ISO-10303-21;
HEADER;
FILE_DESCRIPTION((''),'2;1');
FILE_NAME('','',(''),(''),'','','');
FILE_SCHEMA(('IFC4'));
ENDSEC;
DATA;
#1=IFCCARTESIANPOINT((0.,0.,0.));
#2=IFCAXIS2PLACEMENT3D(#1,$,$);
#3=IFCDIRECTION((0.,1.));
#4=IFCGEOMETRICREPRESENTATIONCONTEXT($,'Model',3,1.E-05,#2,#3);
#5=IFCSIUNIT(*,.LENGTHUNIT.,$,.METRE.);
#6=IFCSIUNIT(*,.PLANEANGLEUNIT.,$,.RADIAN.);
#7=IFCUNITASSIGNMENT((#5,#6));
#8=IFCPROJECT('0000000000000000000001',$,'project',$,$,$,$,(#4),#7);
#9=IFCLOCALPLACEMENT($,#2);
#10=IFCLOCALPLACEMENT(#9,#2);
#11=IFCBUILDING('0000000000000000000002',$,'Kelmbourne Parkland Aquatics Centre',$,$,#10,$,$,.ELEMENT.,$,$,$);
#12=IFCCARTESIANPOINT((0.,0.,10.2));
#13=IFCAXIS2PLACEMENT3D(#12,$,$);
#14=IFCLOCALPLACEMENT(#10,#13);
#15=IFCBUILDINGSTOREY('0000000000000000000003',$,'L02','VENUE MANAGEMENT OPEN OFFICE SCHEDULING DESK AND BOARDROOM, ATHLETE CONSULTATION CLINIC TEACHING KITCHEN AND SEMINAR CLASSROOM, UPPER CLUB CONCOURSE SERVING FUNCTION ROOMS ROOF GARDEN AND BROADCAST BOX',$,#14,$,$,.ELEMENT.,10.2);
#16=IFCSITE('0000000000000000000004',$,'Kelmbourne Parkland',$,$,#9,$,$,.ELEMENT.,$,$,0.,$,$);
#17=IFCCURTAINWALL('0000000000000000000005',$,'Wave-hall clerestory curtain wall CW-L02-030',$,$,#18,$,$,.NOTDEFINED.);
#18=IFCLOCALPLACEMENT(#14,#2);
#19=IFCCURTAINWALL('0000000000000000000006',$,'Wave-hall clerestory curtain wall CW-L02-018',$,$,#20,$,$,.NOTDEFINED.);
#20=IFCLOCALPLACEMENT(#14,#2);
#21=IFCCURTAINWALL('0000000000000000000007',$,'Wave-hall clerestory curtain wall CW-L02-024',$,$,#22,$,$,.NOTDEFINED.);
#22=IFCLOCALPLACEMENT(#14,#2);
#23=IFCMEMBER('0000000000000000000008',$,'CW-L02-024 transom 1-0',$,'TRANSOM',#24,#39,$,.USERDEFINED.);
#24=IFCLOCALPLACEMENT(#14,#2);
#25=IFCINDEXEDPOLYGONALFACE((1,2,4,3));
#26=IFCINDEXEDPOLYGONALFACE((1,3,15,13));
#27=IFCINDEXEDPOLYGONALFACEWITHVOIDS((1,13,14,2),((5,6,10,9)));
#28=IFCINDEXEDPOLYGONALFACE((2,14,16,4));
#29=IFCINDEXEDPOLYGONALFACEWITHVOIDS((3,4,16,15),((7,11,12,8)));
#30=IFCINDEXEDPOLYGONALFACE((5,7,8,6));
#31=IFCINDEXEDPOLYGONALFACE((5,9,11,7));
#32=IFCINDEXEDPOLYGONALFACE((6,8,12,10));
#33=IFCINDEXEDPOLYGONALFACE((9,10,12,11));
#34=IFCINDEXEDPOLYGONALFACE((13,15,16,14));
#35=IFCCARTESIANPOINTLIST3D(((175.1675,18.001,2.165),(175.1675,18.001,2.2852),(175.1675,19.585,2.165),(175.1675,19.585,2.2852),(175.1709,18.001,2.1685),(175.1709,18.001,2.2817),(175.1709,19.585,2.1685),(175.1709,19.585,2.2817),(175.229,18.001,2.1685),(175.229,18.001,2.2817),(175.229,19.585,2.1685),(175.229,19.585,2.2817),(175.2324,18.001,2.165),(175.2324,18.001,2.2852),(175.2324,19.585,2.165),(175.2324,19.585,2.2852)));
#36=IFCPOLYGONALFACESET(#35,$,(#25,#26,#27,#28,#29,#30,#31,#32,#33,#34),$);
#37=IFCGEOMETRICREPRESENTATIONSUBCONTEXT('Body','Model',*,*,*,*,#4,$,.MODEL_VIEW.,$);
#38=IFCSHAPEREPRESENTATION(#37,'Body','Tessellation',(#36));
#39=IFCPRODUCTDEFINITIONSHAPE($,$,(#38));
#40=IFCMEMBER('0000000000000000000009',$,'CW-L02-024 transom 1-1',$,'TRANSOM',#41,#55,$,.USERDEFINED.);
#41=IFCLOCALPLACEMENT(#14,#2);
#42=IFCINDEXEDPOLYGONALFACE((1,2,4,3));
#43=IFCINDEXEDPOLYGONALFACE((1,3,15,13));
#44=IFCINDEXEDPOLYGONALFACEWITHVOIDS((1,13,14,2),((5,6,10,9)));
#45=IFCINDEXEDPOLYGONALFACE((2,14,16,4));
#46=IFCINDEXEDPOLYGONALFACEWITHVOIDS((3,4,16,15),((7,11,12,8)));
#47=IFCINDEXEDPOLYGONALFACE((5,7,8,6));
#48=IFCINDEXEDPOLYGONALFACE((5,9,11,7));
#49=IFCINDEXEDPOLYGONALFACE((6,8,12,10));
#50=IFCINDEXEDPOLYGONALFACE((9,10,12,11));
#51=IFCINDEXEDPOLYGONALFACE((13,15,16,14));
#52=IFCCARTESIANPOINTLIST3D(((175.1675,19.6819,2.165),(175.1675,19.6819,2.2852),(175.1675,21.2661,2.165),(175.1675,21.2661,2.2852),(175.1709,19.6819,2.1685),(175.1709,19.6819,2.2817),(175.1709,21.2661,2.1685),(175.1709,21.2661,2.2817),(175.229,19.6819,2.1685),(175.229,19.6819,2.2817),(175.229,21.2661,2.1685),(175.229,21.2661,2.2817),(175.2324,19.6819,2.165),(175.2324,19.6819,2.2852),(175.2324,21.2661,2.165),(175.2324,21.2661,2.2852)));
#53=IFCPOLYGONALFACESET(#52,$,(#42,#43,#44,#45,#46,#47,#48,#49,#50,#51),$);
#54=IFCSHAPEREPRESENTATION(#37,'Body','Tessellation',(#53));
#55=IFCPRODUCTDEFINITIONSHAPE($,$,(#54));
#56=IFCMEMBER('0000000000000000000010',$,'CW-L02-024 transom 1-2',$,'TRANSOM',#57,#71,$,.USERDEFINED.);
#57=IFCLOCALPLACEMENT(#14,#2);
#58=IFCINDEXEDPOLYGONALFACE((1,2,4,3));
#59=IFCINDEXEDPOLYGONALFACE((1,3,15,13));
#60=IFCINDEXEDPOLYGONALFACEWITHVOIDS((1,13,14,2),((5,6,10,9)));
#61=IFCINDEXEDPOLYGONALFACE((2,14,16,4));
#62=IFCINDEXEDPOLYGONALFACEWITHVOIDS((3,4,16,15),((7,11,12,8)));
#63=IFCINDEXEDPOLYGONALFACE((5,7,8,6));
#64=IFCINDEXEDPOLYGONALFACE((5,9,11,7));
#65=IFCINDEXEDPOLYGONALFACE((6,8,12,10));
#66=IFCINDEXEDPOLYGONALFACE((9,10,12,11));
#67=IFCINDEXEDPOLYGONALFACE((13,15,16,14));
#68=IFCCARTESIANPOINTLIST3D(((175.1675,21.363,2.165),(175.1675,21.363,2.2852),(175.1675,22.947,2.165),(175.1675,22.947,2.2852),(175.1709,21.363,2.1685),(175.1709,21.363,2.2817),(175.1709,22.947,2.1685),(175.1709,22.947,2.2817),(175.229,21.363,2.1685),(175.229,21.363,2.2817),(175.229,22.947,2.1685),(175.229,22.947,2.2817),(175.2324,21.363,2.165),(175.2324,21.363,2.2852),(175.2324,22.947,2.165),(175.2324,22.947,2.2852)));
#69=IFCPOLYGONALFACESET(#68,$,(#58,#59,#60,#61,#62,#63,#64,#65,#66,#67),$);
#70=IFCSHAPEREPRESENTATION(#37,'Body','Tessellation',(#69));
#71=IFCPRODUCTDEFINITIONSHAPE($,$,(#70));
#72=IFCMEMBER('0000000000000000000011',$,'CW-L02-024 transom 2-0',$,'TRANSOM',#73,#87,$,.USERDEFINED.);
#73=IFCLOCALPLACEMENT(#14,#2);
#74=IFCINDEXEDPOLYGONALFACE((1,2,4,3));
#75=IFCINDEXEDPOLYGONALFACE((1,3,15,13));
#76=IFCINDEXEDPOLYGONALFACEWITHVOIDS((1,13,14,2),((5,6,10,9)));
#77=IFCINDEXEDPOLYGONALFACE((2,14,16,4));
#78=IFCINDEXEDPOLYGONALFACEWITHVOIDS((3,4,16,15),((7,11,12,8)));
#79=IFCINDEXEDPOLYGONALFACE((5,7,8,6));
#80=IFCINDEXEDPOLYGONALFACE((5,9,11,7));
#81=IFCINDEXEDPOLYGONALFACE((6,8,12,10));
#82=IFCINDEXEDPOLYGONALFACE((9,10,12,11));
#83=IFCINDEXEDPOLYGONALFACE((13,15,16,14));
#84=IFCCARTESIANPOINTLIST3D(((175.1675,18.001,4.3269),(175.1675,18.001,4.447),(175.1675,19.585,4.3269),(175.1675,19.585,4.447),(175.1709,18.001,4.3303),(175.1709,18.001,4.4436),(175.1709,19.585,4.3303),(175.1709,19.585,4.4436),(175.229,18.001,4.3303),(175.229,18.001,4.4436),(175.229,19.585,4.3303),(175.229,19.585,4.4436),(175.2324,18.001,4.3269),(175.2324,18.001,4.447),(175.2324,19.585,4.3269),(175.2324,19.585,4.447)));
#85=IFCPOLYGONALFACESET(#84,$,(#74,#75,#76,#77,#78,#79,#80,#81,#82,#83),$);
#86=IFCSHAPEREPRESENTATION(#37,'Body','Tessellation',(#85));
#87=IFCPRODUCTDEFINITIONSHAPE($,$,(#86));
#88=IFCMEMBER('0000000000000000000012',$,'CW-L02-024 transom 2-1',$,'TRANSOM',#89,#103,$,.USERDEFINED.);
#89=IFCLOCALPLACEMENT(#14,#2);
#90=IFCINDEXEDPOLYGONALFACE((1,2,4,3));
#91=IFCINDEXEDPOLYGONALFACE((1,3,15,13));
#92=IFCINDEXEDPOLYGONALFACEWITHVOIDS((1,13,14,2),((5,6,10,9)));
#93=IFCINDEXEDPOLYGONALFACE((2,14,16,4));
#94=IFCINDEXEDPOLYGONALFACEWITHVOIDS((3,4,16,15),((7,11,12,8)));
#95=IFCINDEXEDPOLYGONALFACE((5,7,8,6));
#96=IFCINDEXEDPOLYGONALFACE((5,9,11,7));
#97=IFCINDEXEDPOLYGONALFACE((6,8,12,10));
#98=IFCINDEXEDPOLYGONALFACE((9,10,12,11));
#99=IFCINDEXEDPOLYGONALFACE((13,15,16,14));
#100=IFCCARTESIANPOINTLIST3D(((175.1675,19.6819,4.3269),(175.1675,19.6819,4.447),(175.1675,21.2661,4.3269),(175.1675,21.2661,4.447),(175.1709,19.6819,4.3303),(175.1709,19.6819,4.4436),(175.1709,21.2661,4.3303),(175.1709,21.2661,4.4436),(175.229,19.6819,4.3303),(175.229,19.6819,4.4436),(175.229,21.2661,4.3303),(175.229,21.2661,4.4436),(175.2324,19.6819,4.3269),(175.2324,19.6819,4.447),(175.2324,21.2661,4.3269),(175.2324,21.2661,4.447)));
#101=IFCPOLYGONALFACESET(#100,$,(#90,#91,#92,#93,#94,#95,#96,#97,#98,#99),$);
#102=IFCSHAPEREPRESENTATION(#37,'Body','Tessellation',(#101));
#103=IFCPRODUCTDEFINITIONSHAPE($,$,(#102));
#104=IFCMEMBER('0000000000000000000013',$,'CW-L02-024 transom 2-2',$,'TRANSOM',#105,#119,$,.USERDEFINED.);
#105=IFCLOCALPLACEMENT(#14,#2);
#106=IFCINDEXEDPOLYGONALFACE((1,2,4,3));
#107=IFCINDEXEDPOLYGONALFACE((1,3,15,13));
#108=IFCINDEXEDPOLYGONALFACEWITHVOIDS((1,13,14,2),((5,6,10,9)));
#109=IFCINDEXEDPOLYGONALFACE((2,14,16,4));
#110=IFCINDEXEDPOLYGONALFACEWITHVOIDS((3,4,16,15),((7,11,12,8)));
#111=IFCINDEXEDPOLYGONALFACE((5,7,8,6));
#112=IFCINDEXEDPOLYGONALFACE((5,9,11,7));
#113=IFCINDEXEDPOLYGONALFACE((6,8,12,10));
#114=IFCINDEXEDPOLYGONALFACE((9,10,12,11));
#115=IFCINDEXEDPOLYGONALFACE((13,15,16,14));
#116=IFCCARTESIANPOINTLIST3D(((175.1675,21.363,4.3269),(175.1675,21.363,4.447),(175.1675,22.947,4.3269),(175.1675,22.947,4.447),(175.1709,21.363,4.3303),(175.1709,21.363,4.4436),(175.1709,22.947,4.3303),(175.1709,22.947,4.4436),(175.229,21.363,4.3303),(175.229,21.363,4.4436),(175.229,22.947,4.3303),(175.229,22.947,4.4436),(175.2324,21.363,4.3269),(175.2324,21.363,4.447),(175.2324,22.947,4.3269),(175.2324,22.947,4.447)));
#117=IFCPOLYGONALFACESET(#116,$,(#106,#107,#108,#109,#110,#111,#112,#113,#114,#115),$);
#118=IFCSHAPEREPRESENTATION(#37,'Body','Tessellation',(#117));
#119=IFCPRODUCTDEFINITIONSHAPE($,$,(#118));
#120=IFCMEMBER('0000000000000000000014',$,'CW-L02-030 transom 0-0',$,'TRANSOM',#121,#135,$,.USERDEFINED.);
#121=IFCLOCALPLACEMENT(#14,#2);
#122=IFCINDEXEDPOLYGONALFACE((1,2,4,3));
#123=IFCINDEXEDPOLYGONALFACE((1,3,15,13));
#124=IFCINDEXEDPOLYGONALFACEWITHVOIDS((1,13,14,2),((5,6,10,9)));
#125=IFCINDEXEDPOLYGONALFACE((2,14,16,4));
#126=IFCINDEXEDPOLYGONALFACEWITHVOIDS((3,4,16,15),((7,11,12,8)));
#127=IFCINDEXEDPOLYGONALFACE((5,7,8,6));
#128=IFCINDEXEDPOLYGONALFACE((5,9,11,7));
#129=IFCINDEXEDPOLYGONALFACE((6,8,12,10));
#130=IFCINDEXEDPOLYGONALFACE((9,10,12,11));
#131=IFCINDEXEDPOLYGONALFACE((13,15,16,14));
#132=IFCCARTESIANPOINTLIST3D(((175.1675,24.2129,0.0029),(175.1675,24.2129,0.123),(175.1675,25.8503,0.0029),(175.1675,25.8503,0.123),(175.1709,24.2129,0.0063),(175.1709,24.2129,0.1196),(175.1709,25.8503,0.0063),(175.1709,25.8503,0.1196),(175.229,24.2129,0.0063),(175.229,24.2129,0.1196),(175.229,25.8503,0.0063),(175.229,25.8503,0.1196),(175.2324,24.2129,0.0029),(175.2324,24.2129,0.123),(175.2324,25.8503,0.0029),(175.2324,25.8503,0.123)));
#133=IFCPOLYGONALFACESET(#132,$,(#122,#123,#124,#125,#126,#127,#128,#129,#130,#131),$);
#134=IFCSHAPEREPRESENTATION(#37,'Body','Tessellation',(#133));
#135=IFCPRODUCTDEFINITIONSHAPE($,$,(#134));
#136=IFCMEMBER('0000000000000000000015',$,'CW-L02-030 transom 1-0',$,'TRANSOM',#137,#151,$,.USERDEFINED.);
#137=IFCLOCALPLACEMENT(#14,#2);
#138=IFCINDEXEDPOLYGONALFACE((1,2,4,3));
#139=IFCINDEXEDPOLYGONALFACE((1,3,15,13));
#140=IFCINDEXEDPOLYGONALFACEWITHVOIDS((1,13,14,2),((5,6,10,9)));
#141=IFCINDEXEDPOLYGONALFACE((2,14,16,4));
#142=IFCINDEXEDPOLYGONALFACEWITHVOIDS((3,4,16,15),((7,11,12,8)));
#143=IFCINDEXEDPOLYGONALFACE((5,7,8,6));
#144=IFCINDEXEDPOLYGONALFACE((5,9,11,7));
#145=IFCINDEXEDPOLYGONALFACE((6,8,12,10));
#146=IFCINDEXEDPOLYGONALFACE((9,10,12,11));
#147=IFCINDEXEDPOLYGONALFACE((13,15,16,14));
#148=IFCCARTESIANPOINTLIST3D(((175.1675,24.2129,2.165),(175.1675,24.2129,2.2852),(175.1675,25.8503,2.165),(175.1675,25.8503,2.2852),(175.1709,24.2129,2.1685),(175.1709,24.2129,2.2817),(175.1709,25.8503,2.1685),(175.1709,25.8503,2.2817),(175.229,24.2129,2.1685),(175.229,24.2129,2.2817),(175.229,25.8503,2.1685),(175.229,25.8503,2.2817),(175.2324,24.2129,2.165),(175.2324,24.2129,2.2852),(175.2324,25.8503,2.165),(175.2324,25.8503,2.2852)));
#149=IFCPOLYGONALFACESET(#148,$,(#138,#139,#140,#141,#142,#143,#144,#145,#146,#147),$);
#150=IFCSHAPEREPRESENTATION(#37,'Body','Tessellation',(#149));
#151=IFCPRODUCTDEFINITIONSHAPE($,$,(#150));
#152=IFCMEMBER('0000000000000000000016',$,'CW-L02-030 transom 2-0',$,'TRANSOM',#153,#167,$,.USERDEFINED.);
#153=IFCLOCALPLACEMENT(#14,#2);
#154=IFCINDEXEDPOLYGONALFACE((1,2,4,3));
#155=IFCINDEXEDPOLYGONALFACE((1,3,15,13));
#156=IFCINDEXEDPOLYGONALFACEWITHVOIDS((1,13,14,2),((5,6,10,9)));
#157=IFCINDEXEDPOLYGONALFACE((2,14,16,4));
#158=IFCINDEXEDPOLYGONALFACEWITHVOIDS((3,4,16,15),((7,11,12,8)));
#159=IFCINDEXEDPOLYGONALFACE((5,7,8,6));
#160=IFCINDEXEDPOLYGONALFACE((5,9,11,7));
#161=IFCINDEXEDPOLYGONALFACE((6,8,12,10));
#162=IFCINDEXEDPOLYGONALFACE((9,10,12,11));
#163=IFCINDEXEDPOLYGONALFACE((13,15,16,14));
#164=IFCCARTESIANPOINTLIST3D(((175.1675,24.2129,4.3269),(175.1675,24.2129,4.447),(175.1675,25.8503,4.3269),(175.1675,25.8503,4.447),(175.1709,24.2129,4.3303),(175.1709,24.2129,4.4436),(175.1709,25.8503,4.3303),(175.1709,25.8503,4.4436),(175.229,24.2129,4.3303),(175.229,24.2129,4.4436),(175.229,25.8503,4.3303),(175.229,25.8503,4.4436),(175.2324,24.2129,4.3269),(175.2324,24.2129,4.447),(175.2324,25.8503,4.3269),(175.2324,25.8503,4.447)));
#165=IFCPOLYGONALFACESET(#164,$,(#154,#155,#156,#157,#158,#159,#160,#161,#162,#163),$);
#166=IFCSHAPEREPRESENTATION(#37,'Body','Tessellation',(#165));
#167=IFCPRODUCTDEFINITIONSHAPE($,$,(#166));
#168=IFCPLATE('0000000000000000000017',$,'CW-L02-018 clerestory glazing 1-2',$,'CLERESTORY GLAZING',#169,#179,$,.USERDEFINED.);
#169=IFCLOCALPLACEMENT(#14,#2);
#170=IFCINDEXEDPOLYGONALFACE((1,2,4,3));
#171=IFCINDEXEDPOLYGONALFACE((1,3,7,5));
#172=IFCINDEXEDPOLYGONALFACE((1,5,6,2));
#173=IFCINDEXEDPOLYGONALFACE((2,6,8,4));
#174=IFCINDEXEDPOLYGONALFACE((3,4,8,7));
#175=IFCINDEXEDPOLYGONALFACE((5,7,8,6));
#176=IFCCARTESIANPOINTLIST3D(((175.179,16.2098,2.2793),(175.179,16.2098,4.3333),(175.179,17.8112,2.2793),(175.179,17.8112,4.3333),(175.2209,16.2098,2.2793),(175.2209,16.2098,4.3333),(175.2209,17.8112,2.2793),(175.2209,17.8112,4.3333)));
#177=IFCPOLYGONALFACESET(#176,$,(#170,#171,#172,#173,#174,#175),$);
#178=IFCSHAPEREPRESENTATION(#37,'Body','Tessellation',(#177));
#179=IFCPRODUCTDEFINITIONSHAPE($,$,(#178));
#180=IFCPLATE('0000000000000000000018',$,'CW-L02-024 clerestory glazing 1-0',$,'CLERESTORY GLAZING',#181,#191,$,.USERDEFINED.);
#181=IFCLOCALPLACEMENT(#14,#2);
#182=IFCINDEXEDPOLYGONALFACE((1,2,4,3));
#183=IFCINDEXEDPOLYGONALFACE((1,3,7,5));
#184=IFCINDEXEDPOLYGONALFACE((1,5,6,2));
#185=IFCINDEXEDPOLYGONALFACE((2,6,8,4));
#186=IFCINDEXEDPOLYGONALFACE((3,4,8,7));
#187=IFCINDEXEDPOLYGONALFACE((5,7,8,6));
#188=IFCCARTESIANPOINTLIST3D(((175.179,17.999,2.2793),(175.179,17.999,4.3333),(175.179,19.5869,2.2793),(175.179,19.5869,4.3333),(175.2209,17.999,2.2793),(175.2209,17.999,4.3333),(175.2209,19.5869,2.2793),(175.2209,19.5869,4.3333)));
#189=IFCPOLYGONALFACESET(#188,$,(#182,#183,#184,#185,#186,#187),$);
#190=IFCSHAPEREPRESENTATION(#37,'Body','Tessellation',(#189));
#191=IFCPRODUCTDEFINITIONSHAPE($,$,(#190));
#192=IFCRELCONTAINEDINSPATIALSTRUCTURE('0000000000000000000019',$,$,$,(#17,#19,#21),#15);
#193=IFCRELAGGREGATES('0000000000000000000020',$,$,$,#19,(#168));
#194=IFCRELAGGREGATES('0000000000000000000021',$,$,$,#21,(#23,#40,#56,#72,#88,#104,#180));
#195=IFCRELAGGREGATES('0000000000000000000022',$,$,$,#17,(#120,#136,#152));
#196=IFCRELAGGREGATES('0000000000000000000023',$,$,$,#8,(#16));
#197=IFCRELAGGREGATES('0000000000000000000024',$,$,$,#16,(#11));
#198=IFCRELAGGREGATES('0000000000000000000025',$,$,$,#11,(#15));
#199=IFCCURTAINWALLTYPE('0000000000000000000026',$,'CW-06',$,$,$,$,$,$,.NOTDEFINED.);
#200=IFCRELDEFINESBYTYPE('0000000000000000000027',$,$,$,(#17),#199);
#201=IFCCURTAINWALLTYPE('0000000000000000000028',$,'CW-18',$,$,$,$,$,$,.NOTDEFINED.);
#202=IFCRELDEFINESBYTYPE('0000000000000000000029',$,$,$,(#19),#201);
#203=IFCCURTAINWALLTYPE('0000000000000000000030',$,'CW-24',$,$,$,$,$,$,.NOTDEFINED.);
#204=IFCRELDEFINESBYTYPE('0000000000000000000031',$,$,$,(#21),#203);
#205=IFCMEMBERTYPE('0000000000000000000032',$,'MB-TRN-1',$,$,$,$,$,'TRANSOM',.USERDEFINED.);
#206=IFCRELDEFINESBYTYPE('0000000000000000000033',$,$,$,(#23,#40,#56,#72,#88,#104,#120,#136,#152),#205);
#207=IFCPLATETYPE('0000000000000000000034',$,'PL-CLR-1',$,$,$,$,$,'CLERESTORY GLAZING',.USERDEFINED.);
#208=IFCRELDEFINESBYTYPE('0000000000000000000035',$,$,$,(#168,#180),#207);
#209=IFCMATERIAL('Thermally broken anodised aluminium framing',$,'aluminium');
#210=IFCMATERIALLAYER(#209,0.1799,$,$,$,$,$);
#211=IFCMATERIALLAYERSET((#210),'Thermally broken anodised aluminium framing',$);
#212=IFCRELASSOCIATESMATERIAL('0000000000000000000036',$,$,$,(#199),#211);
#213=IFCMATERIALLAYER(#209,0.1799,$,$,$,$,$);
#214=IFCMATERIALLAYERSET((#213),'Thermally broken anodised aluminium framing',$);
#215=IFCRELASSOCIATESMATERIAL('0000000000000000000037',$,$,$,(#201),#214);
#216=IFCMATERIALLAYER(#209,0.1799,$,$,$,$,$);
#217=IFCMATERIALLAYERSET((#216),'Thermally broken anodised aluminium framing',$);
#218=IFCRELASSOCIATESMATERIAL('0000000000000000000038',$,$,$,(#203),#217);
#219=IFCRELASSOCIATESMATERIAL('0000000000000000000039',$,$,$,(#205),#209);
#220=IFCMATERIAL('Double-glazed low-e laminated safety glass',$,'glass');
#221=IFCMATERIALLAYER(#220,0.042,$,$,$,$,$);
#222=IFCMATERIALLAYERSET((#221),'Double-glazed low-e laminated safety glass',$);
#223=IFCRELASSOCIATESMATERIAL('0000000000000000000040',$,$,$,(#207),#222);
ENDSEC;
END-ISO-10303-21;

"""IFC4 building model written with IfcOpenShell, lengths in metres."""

from ifc_helpers import new_model, si_unit, direction, frame, origin, origin_2d, place, context, subcontext, project, spatial, rectangle, hollow_rectangle, extrude, material, layer, layer_set, material_profile, profile_set, type_object, element, aggregate, save


model = new_model("IFC4")

# Units and contexts
model_context = context("Model", 3, precision=1e-05, world=origin(), true_north=direction((0.0, 1.0)))
body_context = subcontext(model_context, "Body", "Model", "MODEL_VIEW")
ifc_project = project(units=[si_unit("LENGTHUNIT", "METRE"), si_unit("PLANEANGLEUNIT", "RADIAN")], contexts=[model_context])

# Site, building, storey
site_placement = place(None, origin())
site = spatial("IfcSite", under=ifc_project, at=site_placement, Name="Kelmbourne Parkland", CompositionType="ELEMENT", RefElevation=0.0)
building_placement = place(site_placement, origin())
building = spatial("IfcBuilding", under=site, at=building_placement, Name="Kelmbourne Parkland Aquatics Centre", CompositionType="ELEMENT")
storey_placement = place(building_placement, frame((0.0, 0.0, 10.2)))
storey = spatial("IfcBuildingStorey", under=building, at=storey_placement, Name="L02", Description="VENUE MANAGEMENT OPEN OFFICE SCHEDULING DESK AND BOARDROOM, ATHLETE CONSULTATION CLINIC TEACHING KITCHEN AND SEMINAR CLASSROOM, UPPER CLUB CONCOURSE SERVING FUNCTION ROOMS ROOF GARDEN AND BROADCAST BOX", CompositionType="ELEMENT", Elevation=10.2)

# Curtain walls
ifc_material_1 = material(Name="Thermally broken anodised aluminium framing", Category="aluminium")
ifc_layer_1 = layer(ifc_material_1, 0.1799)
ifc_layer_set_1 = layer_set([ifc_layer_1], Name="Thermally broken anodised aluminium framing")
curtain_wall_type_1 = type_object("IfcCurtainWallType", Name="CW-06", PredefinedType="NOTDEFINED", material=ifc_layer_set_1)
curtain_wall_1_placement = place(storey_placement, origin())
curtain_wall_1 = element("IfcCurtainWall", 1, at=curtain_wall_1_placement, inside=storey, type_object=curtain_wall_type_1, Name="Wave-hall clerestory curtain wall CW-L02-030", PredefinedType="NOTDEFINED")
ifc_layer_2 = layer(ifc_material_1, 0.1799)
ifc_layer_set_2 = layer_set([ifc_layer_2], Name="Thermally broken anodised aluminium framing")
curtain_wall_type_2 = type_object("IfcCurtainWallType", Name="CW-18", PredefinedType="NOTDEFINED", material=ifc_layer_set_2)
curtain_wall_2_placement = place(storey_placement, origin())
curtain_wall_2 = element("IfcCurtainWall", 2, at=curtain_wall_2_placement, inside=storey, type_object=curtain_wall_type_2, Name="Wave-hall clerestory curtain wall CW-L02-018", PredefinedType="NOTDEFINED")

# Curtain wall, members
ifc_layer_3 = layer(ifc_material_1, 0.1799)
ifc_layer_set_3 = layer_set([ifc_layer_3], Name="Thermally broken anodised aluminium framing")
curtain_wall_type_3 = type_object("IfcCurtainWallType", Name="CW-24", PredefinedType="NOTDEFINED", material=ifc_layer_set_3)
curtain_wall_3_placement = place(storey_placement, origin())
curtain_wall_3 = element("IfcCurtainWall", 3, at=curtain_wall_3_placement, inside=storey, type_object=curtain_wall_type_3, Name="Wave-hall clerestory curtain wall CW-L02-024", PredefinedType="NOTDEFINED")
ifc_material_profile_1 = material_profile(ifc_material_1, hollow_rectangle(XDim=0.0649, YDim=0.1201, WallThickness=0.0034, at=origin_2d()), Name="CW-T 65x120")
ifc_profile_set_1 = profile_set([ifc_material_profile_1], Name="Thermally broken anodised aluminium framing")
member_type_1 = type_object("IfcMemberType", Name="MB-TRN-1", ElementType="TRANSOM", PredefinedType="USERDEFINED", material=ifc_profile_set_1)
member_1_placement = place(storey_placement, frame((175.2, 18.001, 2.2251), z_axis=(0.0, 1.0, 0.0), x_axis=(-1.0, 0.0, 0.0)))
member_1 = element("IfcMember", 4, at=member_1_placement, type_object=member_type_1, Name="CW-L02-024 transom 1-0", ObjectType="TRANSOM", PredefinedType="USERDEFINED", context=body_context, shape_type="SweptSolid", body=[
    extrude(hollow_rectangle(XDim=0.0649, YDim=0.1201, WallThickness=0.0034, at=origin_2d()), origin(), (0.0, 0.0, 1.0), 1.584),
])
member_2_placement = place(storey_placement, frame((175.2, 19.6819, 2.2251), z_axis=(0.0, 1.0, 0.0), x_axis=(-1.0, 0.0, 0.0)))
member_2 = element("IfcMember", 5, at=member_2_placement, type_object=member_type_1, Name="CW-L02-024 transom 1-1", ObjectType="TRANSOM", PredefinedType="USERDEFINED", context=body_context, shape_type="SweptSolid", body=[
    extrude(hollow_rectangle(XDim=0.0649, YDim=0.1201, WallThickness=0.0034, at=origin_2d()), origin(), (0.0, 0.0, 1.0), 1.5842),
])
member_3_placement = place(storey_placement, frame((175.2, 21.363, 2.2251), z_axis=(0.0, 1.0, 0.0), x_axis=(-1.0, 0.0, 0.0)))
member_3 = element("IfcMember", 6, at=member_3_placement, type_object=member_type_1, Name="CW-L02-024 transom 1-2", ObjectType="TRANSOM", PredefinedType="USERDEFINED", context=body_context, shape_type="SweptSolid", body=[
    extrude(hollow_rectangle(XDim=0.0649, YDim=0.1201, WallThickness=0.0034, at=origin_2d()), origin(), (0.0, 0.0, 1.0), 1.584),
])
member_4_placement = place(storey_placement, frame((175.2, 18.001, 4.387), z_axis=(0.0, 1.0, 0.0), x_axis=(-1.0, 0.0, 0.0)))
member_4 = element("IfcMember", 7, at=member_4_placement, type_object=member_type_1, Name="CW-L02-024 transom 2-0", ObjectType="TRANSOM", PredefinedType="USERDEFINED", context=body_context, shape_type="SweptSolid", body=[
    extrude(hollow_rectangle(XDim=0.0649, YDim=0.1201, WallThickness=0.0034, at=origin_2d()), origin(), (0.0, 0.0, 1.0), 1.584),
])
member_5_placement = place(storey_placement, frame((175.2, 19.6819, 4.387), z_axis=(0.0, 1.0, 0.0), x_axis=(-1.0, 0.0, 0.0)))
member_5 = element("IfcMember", 8, at=member_5_placement, type_object=member_type_1, Name="CW-L02-024 transom 2-1", ObjectType="TRANSOM", PredefinedType="USERDEFINED", context=body_context, shape_type="SweptSolid", body=[
    extrude(hollow_rectangle(XDim=0.0649, YDim=0.1201, WallThickness=0.0034, at=origin_2d()), origin(), (0.0, 0.0, 1.0), 1.5842),
])
member_6_placement = place(storey_placement, frame((175.2, 21.363, 4.387), z_axis=(0.0, 1.0, 0.0), x_axis=(-1.0, 0.0, 0.0)))
member_6 = element("IfcMember", 9, at=member_6_placement, type_object=member_type_1, Name="CW-L02-024 transom 2-2", ObjectType="TRANSOM", PredefinedType="USERDEFINED", context=body_context, shape_type="SweptSolid", body=[
    extrude(hollow_rectangle(XDim=0.0649, YDim=0.1201, WallThickness=0.0034, at=origin_2d()), origin(), (0.0, 0.0, 1.0), 1.584),
])

# Members
member_7_placement = place(storey_placement, frame((175.2, 24.2129, 0.063), z_axis=(0.0, 1.0, 0.0), x_axis=(-1.0, 0.0, 0.0)))
member_7 = element("IfcMember", 10, at=member_7_placement, type_object=member_type_1, Name="CW-L02-030 transom 0-0", ObjectType="TRANSOM", PredefinedType="USERDEFINED", context=body_context, shape_type="SweptSolid", body=[
    extrude(hollow_rectangle(XDim=0.0649, YDim=0.1201, WallThickness=0.0034, at=origin_2d()), origin(), (0.0, 0.0, 1.0), 1.6375),
])
member_8_placement = place(storey_placement, frame((175.2, 24.2129, 2.2251), z_axis=(0.0, 1.0, 0.0), x_axis=(-1.0, 0.0, 0.0)))
member_8 = element("IfcMember", 11, at=member_8_placement, type_object=member_type_1, Name="CW-L02-030 transom 1-0", ObjectType="TRANSOM", PredefinedType="USERDEFINED", context=body_context, shape_type="SweptSolid", body=[
    extrude(hollow_rectangle(XDim=0.0649, YDim=0.1201, WallThickness=0.0034, at=origin_2d()), origin(), (0.0, 0.0, 1.0), 1.6375),
])
member_9_placement = place(storey_placement, frame((175.2, 24.2129, 4.387), z_axis=(0.0, 1.0, 0.0), x_axis=(-1.0, 0.0, 0.0)))
member_9 = element("IfcMember", 12, at=member_9_placement, type_object=member_type_1, Name="CW-L02-030 transom 2-0", ObjectType="TRANSOM", PredefinedType="USERDEFINED", context=body_context, shape_type="SweptSolid", body=[
    extrude(hollow_rectangle(XDim=0.0649, YDim=0.1201, WallThickness=0.0034, at=origin_2d()), origin(), (0.0, 0.0, 1.0), 1.6375),
])

# Plates
ifc_material_2 = material(Name="Double-glazed low-e laminated safety glass", Category="glass")
ifc_layer_4 = layer(ifc_material_2, 0.042)
ifc_layer_set_4 = layer_set([ifc_layer_4], Name="Double-glazed low-e laminated safety glass")
plate_type_1 = type_object("IfcPlateType", Name="PL-CLR-1", ElementType="CLERESTORY GLAZING", PredefinedType="USERDEFINED", material=ifc_layer_set_4)
plate_1_placement = place(storey_placement, frame((175.2, 17.0105, 2.2793), z_axis=(0.0, 0.0, 1.0), x_axis=(0.0, 1.0, 0.0)))
plate_1 = element("IfcPlate", 13, at=plate_1_placement, type_object=plate_type_1, Name="CW-L02-018 clerestory glazing 1-2", ObjectType="CLERESTORY GLAZING", PredefinedType="USERDEFINED", context=body_context, shape_type="SweptSolid", body=[
    extrude(rectangle(XDim=1.6013, YDim=0.042, at=origin_2d()), origin(), (0.0, 0.0, 1.0), 2.054),
])
plate_2_placement = place(storey_placement, frame((175.2, 18.793, 2.2793), z_axis=(0.0, 0.0, 1.0), x_axis=(0.0, 1.0, 0.0)))
plate_2 = element("IfcPlate", 14, at=plate_2_placement, type_object=plate_type_1, Name="CW-L02-024 clerestory glazing 1-0", ObjectType="CLERESTORY GLAZING", PredefinedType="USERDEFINED", context=body_context, shape_type="SweptSolid", body=[
    extrude(rectangle(XDim=1.5879, YDim=0.042, at=origin_2d()), origin(), (0.0, 0.0, 1.0), 2.054),
])
aggregate(curtain_wall_2, [plate_1])
aggregate(curtain_wall_3, [member_1, member_2, member_3, member_4, member_5, member_6, plate_2])
aggregate(curtain_wall_1, [member_7, member_8, member_9])

save(model, "model.ifc")
